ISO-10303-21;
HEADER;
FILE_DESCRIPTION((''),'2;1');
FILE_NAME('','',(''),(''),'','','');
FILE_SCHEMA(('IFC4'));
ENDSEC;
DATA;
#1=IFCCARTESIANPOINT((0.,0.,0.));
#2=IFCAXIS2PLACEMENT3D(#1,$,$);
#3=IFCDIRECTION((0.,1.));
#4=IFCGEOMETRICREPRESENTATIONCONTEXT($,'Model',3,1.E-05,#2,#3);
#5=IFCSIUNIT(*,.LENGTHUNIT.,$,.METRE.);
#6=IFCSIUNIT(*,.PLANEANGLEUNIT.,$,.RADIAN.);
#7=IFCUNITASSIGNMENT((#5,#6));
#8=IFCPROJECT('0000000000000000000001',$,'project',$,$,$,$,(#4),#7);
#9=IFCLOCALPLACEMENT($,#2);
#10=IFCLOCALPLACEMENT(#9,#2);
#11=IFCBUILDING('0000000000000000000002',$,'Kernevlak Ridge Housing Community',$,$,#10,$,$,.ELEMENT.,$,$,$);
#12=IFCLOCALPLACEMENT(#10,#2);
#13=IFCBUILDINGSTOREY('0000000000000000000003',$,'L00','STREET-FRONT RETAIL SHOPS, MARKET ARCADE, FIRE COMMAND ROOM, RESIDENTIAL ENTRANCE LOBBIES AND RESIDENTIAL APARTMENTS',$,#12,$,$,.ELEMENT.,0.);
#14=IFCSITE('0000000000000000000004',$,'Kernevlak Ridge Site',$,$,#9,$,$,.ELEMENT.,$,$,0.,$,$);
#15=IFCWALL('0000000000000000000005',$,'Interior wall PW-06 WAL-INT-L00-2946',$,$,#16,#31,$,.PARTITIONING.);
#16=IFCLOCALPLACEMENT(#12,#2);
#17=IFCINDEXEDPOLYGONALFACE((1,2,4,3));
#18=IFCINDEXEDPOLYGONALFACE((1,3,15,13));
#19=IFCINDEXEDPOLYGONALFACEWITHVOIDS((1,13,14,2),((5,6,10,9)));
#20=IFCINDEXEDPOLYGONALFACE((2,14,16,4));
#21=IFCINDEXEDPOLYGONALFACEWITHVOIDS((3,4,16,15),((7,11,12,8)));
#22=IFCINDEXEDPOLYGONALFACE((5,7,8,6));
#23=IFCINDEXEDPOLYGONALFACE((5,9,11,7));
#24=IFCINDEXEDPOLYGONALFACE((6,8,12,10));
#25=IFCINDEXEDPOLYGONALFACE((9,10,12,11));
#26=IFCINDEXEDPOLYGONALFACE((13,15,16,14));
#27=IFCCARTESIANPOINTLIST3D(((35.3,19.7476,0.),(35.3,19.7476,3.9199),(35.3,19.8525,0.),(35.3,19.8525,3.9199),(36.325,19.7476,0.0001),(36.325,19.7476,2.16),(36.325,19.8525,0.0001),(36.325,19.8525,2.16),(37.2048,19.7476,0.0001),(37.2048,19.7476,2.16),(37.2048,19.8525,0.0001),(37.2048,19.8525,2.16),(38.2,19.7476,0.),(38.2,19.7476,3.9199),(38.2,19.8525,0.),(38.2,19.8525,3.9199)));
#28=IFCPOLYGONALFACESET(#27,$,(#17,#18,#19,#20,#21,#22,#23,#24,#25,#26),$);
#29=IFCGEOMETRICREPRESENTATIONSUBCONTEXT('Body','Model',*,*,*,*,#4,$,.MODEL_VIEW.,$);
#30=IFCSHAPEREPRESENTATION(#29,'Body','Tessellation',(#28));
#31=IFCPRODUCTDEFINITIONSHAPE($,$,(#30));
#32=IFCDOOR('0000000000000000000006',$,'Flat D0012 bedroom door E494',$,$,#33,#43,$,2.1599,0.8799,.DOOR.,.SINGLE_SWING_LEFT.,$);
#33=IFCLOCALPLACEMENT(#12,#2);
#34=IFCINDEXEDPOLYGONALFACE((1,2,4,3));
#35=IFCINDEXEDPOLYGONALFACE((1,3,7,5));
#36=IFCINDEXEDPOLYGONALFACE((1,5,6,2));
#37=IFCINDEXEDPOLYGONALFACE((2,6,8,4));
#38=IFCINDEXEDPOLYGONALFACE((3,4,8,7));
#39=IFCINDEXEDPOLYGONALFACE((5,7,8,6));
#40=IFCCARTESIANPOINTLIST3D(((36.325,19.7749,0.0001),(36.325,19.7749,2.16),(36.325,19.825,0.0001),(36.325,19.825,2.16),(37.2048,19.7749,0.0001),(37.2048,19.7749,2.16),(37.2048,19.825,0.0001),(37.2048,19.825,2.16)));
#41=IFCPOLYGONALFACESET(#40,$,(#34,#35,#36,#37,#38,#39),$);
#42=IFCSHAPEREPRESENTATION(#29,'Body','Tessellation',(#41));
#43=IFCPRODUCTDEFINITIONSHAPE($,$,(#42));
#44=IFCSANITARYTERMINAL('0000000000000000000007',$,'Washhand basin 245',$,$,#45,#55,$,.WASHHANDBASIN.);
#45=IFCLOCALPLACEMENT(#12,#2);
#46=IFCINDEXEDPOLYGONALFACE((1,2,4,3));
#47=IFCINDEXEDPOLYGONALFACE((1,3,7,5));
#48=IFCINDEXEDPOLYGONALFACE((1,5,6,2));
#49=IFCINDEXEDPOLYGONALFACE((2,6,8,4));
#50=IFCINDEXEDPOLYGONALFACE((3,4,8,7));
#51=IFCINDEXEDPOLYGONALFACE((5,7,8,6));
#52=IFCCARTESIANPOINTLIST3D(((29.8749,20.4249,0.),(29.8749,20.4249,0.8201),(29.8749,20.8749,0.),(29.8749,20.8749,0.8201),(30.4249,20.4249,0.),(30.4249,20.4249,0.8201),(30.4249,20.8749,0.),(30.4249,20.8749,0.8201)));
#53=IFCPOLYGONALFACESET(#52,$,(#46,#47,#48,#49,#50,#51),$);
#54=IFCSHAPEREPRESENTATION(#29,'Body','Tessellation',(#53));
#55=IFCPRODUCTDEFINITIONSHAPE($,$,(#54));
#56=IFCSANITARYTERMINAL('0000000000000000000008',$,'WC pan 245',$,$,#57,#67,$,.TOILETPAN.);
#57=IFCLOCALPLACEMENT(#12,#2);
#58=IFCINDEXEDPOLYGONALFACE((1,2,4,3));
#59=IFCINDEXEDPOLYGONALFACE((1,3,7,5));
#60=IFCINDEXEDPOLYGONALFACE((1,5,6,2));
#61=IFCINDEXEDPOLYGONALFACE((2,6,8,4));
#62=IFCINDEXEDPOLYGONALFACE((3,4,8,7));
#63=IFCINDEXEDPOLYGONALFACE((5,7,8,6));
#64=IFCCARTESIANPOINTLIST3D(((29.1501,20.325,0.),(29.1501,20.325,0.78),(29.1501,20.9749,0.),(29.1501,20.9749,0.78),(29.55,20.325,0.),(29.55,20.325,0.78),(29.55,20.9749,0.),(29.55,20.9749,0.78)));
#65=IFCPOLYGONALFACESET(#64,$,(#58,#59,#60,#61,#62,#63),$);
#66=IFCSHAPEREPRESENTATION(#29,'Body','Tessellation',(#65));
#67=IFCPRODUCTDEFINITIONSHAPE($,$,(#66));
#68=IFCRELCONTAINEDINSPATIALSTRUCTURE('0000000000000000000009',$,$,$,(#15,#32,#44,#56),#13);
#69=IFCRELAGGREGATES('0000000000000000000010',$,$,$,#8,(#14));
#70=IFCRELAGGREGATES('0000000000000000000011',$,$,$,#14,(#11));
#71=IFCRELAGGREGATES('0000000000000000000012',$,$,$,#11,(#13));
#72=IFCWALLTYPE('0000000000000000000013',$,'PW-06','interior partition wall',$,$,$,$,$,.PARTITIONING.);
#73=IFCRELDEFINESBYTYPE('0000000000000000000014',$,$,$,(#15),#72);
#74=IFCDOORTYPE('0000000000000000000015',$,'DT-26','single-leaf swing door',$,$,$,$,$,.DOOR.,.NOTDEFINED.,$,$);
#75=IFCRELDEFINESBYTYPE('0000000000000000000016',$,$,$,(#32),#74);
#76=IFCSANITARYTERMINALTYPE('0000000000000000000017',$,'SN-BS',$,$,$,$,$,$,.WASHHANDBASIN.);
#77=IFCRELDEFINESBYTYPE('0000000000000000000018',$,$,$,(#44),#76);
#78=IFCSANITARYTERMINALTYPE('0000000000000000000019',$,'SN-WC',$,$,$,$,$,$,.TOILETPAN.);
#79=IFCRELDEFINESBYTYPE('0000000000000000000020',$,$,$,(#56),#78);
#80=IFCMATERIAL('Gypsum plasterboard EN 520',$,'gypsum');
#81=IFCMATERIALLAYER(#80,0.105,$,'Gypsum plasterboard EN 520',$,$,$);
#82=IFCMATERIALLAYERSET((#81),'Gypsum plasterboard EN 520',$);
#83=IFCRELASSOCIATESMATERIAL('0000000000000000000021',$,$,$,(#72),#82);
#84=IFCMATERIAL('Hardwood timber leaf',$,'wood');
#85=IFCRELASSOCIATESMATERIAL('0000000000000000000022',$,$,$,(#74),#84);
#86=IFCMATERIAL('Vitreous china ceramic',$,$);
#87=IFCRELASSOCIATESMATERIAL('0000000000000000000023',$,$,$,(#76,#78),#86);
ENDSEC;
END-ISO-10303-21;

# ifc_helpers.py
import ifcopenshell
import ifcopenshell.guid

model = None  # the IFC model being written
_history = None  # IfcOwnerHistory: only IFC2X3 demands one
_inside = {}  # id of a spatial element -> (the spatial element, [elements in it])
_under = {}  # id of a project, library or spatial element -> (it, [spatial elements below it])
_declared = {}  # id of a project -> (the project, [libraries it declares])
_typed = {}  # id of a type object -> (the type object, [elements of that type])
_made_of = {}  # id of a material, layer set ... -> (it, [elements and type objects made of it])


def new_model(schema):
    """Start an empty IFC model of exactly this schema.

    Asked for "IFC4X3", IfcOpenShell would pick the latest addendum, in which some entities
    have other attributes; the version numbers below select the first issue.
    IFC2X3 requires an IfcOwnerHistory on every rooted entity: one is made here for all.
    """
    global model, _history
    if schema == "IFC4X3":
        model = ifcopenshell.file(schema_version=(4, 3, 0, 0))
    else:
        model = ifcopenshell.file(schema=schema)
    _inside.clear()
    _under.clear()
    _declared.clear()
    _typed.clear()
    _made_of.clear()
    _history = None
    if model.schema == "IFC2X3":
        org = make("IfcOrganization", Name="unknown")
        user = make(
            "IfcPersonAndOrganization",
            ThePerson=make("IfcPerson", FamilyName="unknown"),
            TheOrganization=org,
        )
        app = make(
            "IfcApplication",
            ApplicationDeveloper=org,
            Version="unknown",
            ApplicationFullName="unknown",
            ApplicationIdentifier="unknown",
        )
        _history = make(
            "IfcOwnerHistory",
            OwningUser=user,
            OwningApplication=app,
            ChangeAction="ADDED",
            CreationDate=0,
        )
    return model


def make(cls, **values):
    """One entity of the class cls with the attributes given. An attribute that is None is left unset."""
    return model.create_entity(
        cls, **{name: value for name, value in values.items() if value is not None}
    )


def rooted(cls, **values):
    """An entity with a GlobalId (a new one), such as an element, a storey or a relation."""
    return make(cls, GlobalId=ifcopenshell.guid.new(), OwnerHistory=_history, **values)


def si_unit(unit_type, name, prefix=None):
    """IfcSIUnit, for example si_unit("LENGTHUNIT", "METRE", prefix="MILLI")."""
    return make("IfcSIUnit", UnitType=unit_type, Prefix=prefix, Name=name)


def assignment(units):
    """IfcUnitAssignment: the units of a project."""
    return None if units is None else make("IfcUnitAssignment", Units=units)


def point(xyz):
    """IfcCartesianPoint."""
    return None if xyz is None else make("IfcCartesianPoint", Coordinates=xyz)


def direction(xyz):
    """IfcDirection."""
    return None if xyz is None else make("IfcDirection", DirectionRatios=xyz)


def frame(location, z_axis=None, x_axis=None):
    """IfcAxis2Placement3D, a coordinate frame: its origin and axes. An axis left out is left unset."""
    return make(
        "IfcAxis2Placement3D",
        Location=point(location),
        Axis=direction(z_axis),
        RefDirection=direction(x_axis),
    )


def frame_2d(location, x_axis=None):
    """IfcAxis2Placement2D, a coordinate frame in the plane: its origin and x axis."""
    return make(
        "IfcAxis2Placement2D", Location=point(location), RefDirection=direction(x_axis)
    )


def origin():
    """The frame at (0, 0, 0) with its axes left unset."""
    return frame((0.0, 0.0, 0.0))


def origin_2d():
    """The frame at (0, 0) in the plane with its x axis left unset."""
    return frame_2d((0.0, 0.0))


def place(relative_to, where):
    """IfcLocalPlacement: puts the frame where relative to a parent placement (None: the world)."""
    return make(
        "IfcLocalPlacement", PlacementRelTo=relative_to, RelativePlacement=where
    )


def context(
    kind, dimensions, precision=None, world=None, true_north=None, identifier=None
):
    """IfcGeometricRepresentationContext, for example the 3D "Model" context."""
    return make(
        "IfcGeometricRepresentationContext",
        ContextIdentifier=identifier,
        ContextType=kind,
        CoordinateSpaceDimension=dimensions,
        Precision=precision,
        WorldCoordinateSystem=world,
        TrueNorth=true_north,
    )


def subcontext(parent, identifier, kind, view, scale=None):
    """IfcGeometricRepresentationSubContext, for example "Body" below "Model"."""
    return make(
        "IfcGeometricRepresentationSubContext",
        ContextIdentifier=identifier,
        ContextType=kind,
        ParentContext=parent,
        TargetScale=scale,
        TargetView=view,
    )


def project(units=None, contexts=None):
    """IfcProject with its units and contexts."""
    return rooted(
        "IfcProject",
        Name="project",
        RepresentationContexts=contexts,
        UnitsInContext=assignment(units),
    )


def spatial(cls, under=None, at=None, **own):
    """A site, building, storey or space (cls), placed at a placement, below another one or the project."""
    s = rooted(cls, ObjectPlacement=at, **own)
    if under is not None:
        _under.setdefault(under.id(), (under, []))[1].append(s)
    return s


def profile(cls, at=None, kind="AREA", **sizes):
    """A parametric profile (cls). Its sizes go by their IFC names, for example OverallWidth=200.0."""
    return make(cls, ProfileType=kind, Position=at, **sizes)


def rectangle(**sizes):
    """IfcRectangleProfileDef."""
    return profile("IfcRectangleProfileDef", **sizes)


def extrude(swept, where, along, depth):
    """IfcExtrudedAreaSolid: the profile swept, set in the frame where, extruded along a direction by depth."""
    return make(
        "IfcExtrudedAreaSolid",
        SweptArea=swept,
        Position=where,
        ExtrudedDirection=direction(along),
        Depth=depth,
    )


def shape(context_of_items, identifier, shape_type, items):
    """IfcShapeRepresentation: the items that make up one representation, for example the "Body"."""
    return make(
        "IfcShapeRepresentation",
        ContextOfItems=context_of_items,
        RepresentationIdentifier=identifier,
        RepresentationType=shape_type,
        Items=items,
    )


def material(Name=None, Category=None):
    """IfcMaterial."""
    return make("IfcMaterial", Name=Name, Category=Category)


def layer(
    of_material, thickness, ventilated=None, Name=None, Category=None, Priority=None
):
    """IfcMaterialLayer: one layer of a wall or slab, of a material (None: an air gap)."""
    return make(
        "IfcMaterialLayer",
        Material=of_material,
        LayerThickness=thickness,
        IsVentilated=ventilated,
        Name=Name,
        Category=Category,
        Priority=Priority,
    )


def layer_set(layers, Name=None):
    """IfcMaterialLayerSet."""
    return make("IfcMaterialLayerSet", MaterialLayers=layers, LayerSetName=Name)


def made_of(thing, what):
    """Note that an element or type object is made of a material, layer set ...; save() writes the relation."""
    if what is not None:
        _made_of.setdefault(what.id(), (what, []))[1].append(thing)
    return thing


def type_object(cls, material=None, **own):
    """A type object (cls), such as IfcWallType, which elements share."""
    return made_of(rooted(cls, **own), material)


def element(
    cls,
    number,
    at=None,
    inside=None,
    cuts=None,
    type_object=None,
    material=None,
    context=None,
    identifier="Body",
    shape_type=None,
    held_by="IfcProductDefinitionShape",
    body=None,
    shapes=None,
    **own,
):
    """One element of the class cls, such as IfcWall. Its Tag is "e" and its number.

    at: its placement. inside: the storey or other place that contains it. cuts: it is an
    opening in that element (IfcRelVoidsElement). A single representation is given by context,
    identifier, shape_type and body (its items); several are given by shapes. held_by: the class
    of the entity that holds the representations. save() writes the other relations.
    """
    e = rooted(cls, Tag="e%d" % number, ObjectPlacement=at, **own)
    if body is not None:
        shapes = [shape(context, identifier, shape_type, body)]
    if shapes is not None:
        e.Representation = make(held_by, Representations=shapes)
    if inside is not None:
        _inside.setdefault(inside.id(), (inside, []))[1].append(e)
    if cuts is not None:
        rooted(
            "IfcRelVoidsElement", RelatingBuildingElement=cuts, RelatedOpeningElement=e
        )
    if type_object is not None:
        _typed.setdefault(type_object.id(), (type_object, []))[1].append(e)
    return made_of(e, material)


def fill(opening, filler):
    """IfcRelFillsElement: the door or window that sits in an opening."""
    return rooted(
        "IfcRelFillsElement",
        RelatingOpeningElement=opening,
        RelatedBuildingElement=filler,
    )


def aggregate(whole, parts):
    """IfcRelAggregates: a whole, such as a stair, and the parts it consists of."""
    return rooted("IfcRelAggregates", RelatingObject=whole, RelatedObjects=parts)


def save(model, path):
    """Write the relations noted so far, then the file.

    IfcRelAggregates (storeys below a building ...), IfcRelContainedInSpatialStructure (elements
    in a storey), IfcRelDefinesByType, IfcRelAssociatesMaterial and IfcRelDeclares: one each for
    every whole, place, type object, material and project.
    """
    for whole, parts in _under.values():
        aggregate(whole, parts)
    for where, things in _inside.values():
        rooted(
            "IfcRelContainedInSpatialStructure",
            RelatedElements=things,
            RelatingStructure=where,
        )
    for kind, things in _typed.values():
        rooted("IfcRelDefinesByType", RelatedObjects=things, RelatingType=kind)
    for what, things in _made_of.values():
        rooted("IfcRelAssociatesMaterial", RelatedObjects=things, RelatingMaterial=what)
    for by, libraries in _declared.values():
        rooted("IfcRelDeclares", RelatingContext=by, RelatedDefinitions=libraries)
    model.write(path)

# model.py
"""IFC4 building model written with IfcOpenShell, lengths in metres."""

from ifc_helpers import new_model, si_unit, direction, frame, frame_2d, origin, origin_2d, place, context, subcontext, project, spatial, rectangle, extrude, material, layer, layer_set, type_object, element, fill, save


model = new_model("IFC4")

# Units and contexts
model_context = context("Model", 3, precision=1e-05, world=origin(), true_north=direction((0.0, 1.0)))
body_context = subcontext(model_context, "Body", "Model", "MODEL_VIEW")
ifc_project = project(units=[si_unit("LENGTHUNIT", "METRE"), si_unit("PLANEANGLEUNIT", "RADIAN")], contexts=[model_context])

# Site, building, storey
site_placement = place(None, origin())
site = spatial("IfcSite", under=ifc_project, at=site_placement, Name="Kernevlak Ridge Site", CompositionType="ELEMENT", RefElevation=0.0)
building_placement = place(site_placement, origin())
building = spatial("IfcBuilding", under=site, at=building_placement, Name="Kernevlak Ridge Housing Community", CompositionType="ELEMENT")
storey_placement = place(building_placement, origin())
storey = spatial("IfcBuildingStorey", under=building, at=storey_placement, Name="L00", Description="STREET-FRONT RETAIL SHOPS, MARKET ARCADE, FIRE COMMAND ROOM, RESIDENTIAL ENTRANCE LOBBIES AND RESIDENTIAL APARTMENTS", CompositionType="ELEMENT", Elevation=0.0)

# Shared definitions
ifc_material_1 = material(Name="Hardwood timber leaf", Category="wood")

# Shared definitions
ifc_material_2 = material(Name="Gypsum plasterboard EN 520", Category="gypsum")

# Wall, opening, door
ifc_layer_1 = layer(ifc_material_2, 0.105, Name="Gypsum plasterboard EN 520")
ifc_layer_set_1 = layer_set([ifc_layer_1], Name="Gypsum plasterboard EN 520")
wall_type_1 = type_object("IfcWallType", Name="PW-06", Description="interior partition wall", PredefinedType="PARTITIONING", material=ifc_layer_set_1)
wall_1_placement = place(storey_placement, frame((35.3, 19.8, 0.0), z_axis=(0.0, 0.0, 1.0), x_axis=(1.0, 0.0, 0.0)))
wall_1 = element("IfcWall", 1, at=wall_1_placement, inside=storey, type_object=wall_type_1, Name="Interior wall PW-06 WAL-INT-L00-2946", PredefinedType="PARTITIONING", context=body_context, shape_type="SweptSolid", body=[
    extrude(rectangle(XDim=2.8999, YDim=0.105, at=frame_2d((1.45, 0.0))), origin(), (0.0, 0.0, 1.0), 3.9199),
])
opening_1_placement = place(wall_1_placement, frame((1.0249, 0.0, 0.0)))
opening_1 = element("IfcOpeningElement", 2, at=opening_1_placement, cuts=wall_1, PredefinedType="OPENING", context=body_context, shape_type="SweptSolid", body=[
    extrude(rectangle(XDim=0.8799, YDim=2.1599, at=frame_2d((0.4399, 1.0801))), frame((0.0, 0.0625, 0.0), z_axis=(0.0, -1.0, 0.0), x_axis=(1.0, 0.0, 0.0)), (0.0, 0.0, 1.0), 0.125),
])
door_type_1 = type_object("IfcDoorType", Name="DT-26", Description="single-leaf swing door", OperationType="NOTDEFINED", PredefinedType="DOOR", material=ifc_material_1)
door_1_placement = place(opening_1_placement, origin())
door_1 = element("IfcDoor", 3, at=door_1_placement, inside=storey, type_object=door_type_1, Name="Flat D0012 bedroom door E494", OperationType="SINGLE_SWING_LEFT", OverallHeight=2.1599, OverallWidth=0.8799, PredefinedType="DOOR", context=body_context, shape_type="SweptSolid", body=[
    extrude(rectangle(XDim=0.8799, YDim=2.1599, at=frame_2d((0.4399, 1.0801))), frame((0.0, 0.0249, 0.0), z_axis=(0.0, -1.0, 0.0), x_axis=(1.0, 0.0, 0.0)), (0.0, 0.0, 1.0), 0.05),
])
fill(opening_1, door_1)

# Sanitary terminals
ifc_material_3 = material(Name="Vitreous china ceramic")
sanitary_terminal_type_1 = type_object("IfcSanitaryTerminalType", Name="SN-BS", PredefinedType="WASHHANDBASIN", material=ifc_material_3)
sanitary_terminal_1_placement = place(storey_placement, frame((30.1499, 20.6499, 0.0), z_axis=(0.0, 0.0, 1.0), x_axis=(1.0, 0.0, 0.0)))
element("IfcSanitaryTerminal", 4, at=sanitary_terminal_1_placement, inside=storey, type_object=sanitary_terminal_type_1, Name="Washhand basin 245", PredefinedType="WASHHANDBASIN", context=body_context, shape_type="SweptSolid", body=[
    extrude(rectangle(XDim=0.55, YDim=0.45, at=origin_2d()), origin(), (0.0, 0.0, 1.0), 0.8201),
])
sanitary_terminal_type_2 = type_object("IfcSanitaryTerminalType", Name="SN-WC", PredefinedType="TOILETPAN", material=ifc_material_3)
sanitary_terminal_2_placement = place(storey_placement, frame((29.3501, 20.6499, 0.0), z_axis=(0.0, 0.0, 1.0), x_axis=(1.0, 0.0, 0.0)))
element("IfcSanitaryTerminal", 5, at=sanitary_terminal_2_placement, inside=storey, type_object=sanitary_terminal_type_2, Name="WC pan 245", PredefinedType="TOILETPAN", context=body_context, shape_type="SweptSolid", body=[
    extrude(rectangle(XDim=0.3999, YDim=0.6499, at=origin_2d()), origin(), (0.0, 0.0, 1.0), 0.78),
])

save(model, "model.ifc")
